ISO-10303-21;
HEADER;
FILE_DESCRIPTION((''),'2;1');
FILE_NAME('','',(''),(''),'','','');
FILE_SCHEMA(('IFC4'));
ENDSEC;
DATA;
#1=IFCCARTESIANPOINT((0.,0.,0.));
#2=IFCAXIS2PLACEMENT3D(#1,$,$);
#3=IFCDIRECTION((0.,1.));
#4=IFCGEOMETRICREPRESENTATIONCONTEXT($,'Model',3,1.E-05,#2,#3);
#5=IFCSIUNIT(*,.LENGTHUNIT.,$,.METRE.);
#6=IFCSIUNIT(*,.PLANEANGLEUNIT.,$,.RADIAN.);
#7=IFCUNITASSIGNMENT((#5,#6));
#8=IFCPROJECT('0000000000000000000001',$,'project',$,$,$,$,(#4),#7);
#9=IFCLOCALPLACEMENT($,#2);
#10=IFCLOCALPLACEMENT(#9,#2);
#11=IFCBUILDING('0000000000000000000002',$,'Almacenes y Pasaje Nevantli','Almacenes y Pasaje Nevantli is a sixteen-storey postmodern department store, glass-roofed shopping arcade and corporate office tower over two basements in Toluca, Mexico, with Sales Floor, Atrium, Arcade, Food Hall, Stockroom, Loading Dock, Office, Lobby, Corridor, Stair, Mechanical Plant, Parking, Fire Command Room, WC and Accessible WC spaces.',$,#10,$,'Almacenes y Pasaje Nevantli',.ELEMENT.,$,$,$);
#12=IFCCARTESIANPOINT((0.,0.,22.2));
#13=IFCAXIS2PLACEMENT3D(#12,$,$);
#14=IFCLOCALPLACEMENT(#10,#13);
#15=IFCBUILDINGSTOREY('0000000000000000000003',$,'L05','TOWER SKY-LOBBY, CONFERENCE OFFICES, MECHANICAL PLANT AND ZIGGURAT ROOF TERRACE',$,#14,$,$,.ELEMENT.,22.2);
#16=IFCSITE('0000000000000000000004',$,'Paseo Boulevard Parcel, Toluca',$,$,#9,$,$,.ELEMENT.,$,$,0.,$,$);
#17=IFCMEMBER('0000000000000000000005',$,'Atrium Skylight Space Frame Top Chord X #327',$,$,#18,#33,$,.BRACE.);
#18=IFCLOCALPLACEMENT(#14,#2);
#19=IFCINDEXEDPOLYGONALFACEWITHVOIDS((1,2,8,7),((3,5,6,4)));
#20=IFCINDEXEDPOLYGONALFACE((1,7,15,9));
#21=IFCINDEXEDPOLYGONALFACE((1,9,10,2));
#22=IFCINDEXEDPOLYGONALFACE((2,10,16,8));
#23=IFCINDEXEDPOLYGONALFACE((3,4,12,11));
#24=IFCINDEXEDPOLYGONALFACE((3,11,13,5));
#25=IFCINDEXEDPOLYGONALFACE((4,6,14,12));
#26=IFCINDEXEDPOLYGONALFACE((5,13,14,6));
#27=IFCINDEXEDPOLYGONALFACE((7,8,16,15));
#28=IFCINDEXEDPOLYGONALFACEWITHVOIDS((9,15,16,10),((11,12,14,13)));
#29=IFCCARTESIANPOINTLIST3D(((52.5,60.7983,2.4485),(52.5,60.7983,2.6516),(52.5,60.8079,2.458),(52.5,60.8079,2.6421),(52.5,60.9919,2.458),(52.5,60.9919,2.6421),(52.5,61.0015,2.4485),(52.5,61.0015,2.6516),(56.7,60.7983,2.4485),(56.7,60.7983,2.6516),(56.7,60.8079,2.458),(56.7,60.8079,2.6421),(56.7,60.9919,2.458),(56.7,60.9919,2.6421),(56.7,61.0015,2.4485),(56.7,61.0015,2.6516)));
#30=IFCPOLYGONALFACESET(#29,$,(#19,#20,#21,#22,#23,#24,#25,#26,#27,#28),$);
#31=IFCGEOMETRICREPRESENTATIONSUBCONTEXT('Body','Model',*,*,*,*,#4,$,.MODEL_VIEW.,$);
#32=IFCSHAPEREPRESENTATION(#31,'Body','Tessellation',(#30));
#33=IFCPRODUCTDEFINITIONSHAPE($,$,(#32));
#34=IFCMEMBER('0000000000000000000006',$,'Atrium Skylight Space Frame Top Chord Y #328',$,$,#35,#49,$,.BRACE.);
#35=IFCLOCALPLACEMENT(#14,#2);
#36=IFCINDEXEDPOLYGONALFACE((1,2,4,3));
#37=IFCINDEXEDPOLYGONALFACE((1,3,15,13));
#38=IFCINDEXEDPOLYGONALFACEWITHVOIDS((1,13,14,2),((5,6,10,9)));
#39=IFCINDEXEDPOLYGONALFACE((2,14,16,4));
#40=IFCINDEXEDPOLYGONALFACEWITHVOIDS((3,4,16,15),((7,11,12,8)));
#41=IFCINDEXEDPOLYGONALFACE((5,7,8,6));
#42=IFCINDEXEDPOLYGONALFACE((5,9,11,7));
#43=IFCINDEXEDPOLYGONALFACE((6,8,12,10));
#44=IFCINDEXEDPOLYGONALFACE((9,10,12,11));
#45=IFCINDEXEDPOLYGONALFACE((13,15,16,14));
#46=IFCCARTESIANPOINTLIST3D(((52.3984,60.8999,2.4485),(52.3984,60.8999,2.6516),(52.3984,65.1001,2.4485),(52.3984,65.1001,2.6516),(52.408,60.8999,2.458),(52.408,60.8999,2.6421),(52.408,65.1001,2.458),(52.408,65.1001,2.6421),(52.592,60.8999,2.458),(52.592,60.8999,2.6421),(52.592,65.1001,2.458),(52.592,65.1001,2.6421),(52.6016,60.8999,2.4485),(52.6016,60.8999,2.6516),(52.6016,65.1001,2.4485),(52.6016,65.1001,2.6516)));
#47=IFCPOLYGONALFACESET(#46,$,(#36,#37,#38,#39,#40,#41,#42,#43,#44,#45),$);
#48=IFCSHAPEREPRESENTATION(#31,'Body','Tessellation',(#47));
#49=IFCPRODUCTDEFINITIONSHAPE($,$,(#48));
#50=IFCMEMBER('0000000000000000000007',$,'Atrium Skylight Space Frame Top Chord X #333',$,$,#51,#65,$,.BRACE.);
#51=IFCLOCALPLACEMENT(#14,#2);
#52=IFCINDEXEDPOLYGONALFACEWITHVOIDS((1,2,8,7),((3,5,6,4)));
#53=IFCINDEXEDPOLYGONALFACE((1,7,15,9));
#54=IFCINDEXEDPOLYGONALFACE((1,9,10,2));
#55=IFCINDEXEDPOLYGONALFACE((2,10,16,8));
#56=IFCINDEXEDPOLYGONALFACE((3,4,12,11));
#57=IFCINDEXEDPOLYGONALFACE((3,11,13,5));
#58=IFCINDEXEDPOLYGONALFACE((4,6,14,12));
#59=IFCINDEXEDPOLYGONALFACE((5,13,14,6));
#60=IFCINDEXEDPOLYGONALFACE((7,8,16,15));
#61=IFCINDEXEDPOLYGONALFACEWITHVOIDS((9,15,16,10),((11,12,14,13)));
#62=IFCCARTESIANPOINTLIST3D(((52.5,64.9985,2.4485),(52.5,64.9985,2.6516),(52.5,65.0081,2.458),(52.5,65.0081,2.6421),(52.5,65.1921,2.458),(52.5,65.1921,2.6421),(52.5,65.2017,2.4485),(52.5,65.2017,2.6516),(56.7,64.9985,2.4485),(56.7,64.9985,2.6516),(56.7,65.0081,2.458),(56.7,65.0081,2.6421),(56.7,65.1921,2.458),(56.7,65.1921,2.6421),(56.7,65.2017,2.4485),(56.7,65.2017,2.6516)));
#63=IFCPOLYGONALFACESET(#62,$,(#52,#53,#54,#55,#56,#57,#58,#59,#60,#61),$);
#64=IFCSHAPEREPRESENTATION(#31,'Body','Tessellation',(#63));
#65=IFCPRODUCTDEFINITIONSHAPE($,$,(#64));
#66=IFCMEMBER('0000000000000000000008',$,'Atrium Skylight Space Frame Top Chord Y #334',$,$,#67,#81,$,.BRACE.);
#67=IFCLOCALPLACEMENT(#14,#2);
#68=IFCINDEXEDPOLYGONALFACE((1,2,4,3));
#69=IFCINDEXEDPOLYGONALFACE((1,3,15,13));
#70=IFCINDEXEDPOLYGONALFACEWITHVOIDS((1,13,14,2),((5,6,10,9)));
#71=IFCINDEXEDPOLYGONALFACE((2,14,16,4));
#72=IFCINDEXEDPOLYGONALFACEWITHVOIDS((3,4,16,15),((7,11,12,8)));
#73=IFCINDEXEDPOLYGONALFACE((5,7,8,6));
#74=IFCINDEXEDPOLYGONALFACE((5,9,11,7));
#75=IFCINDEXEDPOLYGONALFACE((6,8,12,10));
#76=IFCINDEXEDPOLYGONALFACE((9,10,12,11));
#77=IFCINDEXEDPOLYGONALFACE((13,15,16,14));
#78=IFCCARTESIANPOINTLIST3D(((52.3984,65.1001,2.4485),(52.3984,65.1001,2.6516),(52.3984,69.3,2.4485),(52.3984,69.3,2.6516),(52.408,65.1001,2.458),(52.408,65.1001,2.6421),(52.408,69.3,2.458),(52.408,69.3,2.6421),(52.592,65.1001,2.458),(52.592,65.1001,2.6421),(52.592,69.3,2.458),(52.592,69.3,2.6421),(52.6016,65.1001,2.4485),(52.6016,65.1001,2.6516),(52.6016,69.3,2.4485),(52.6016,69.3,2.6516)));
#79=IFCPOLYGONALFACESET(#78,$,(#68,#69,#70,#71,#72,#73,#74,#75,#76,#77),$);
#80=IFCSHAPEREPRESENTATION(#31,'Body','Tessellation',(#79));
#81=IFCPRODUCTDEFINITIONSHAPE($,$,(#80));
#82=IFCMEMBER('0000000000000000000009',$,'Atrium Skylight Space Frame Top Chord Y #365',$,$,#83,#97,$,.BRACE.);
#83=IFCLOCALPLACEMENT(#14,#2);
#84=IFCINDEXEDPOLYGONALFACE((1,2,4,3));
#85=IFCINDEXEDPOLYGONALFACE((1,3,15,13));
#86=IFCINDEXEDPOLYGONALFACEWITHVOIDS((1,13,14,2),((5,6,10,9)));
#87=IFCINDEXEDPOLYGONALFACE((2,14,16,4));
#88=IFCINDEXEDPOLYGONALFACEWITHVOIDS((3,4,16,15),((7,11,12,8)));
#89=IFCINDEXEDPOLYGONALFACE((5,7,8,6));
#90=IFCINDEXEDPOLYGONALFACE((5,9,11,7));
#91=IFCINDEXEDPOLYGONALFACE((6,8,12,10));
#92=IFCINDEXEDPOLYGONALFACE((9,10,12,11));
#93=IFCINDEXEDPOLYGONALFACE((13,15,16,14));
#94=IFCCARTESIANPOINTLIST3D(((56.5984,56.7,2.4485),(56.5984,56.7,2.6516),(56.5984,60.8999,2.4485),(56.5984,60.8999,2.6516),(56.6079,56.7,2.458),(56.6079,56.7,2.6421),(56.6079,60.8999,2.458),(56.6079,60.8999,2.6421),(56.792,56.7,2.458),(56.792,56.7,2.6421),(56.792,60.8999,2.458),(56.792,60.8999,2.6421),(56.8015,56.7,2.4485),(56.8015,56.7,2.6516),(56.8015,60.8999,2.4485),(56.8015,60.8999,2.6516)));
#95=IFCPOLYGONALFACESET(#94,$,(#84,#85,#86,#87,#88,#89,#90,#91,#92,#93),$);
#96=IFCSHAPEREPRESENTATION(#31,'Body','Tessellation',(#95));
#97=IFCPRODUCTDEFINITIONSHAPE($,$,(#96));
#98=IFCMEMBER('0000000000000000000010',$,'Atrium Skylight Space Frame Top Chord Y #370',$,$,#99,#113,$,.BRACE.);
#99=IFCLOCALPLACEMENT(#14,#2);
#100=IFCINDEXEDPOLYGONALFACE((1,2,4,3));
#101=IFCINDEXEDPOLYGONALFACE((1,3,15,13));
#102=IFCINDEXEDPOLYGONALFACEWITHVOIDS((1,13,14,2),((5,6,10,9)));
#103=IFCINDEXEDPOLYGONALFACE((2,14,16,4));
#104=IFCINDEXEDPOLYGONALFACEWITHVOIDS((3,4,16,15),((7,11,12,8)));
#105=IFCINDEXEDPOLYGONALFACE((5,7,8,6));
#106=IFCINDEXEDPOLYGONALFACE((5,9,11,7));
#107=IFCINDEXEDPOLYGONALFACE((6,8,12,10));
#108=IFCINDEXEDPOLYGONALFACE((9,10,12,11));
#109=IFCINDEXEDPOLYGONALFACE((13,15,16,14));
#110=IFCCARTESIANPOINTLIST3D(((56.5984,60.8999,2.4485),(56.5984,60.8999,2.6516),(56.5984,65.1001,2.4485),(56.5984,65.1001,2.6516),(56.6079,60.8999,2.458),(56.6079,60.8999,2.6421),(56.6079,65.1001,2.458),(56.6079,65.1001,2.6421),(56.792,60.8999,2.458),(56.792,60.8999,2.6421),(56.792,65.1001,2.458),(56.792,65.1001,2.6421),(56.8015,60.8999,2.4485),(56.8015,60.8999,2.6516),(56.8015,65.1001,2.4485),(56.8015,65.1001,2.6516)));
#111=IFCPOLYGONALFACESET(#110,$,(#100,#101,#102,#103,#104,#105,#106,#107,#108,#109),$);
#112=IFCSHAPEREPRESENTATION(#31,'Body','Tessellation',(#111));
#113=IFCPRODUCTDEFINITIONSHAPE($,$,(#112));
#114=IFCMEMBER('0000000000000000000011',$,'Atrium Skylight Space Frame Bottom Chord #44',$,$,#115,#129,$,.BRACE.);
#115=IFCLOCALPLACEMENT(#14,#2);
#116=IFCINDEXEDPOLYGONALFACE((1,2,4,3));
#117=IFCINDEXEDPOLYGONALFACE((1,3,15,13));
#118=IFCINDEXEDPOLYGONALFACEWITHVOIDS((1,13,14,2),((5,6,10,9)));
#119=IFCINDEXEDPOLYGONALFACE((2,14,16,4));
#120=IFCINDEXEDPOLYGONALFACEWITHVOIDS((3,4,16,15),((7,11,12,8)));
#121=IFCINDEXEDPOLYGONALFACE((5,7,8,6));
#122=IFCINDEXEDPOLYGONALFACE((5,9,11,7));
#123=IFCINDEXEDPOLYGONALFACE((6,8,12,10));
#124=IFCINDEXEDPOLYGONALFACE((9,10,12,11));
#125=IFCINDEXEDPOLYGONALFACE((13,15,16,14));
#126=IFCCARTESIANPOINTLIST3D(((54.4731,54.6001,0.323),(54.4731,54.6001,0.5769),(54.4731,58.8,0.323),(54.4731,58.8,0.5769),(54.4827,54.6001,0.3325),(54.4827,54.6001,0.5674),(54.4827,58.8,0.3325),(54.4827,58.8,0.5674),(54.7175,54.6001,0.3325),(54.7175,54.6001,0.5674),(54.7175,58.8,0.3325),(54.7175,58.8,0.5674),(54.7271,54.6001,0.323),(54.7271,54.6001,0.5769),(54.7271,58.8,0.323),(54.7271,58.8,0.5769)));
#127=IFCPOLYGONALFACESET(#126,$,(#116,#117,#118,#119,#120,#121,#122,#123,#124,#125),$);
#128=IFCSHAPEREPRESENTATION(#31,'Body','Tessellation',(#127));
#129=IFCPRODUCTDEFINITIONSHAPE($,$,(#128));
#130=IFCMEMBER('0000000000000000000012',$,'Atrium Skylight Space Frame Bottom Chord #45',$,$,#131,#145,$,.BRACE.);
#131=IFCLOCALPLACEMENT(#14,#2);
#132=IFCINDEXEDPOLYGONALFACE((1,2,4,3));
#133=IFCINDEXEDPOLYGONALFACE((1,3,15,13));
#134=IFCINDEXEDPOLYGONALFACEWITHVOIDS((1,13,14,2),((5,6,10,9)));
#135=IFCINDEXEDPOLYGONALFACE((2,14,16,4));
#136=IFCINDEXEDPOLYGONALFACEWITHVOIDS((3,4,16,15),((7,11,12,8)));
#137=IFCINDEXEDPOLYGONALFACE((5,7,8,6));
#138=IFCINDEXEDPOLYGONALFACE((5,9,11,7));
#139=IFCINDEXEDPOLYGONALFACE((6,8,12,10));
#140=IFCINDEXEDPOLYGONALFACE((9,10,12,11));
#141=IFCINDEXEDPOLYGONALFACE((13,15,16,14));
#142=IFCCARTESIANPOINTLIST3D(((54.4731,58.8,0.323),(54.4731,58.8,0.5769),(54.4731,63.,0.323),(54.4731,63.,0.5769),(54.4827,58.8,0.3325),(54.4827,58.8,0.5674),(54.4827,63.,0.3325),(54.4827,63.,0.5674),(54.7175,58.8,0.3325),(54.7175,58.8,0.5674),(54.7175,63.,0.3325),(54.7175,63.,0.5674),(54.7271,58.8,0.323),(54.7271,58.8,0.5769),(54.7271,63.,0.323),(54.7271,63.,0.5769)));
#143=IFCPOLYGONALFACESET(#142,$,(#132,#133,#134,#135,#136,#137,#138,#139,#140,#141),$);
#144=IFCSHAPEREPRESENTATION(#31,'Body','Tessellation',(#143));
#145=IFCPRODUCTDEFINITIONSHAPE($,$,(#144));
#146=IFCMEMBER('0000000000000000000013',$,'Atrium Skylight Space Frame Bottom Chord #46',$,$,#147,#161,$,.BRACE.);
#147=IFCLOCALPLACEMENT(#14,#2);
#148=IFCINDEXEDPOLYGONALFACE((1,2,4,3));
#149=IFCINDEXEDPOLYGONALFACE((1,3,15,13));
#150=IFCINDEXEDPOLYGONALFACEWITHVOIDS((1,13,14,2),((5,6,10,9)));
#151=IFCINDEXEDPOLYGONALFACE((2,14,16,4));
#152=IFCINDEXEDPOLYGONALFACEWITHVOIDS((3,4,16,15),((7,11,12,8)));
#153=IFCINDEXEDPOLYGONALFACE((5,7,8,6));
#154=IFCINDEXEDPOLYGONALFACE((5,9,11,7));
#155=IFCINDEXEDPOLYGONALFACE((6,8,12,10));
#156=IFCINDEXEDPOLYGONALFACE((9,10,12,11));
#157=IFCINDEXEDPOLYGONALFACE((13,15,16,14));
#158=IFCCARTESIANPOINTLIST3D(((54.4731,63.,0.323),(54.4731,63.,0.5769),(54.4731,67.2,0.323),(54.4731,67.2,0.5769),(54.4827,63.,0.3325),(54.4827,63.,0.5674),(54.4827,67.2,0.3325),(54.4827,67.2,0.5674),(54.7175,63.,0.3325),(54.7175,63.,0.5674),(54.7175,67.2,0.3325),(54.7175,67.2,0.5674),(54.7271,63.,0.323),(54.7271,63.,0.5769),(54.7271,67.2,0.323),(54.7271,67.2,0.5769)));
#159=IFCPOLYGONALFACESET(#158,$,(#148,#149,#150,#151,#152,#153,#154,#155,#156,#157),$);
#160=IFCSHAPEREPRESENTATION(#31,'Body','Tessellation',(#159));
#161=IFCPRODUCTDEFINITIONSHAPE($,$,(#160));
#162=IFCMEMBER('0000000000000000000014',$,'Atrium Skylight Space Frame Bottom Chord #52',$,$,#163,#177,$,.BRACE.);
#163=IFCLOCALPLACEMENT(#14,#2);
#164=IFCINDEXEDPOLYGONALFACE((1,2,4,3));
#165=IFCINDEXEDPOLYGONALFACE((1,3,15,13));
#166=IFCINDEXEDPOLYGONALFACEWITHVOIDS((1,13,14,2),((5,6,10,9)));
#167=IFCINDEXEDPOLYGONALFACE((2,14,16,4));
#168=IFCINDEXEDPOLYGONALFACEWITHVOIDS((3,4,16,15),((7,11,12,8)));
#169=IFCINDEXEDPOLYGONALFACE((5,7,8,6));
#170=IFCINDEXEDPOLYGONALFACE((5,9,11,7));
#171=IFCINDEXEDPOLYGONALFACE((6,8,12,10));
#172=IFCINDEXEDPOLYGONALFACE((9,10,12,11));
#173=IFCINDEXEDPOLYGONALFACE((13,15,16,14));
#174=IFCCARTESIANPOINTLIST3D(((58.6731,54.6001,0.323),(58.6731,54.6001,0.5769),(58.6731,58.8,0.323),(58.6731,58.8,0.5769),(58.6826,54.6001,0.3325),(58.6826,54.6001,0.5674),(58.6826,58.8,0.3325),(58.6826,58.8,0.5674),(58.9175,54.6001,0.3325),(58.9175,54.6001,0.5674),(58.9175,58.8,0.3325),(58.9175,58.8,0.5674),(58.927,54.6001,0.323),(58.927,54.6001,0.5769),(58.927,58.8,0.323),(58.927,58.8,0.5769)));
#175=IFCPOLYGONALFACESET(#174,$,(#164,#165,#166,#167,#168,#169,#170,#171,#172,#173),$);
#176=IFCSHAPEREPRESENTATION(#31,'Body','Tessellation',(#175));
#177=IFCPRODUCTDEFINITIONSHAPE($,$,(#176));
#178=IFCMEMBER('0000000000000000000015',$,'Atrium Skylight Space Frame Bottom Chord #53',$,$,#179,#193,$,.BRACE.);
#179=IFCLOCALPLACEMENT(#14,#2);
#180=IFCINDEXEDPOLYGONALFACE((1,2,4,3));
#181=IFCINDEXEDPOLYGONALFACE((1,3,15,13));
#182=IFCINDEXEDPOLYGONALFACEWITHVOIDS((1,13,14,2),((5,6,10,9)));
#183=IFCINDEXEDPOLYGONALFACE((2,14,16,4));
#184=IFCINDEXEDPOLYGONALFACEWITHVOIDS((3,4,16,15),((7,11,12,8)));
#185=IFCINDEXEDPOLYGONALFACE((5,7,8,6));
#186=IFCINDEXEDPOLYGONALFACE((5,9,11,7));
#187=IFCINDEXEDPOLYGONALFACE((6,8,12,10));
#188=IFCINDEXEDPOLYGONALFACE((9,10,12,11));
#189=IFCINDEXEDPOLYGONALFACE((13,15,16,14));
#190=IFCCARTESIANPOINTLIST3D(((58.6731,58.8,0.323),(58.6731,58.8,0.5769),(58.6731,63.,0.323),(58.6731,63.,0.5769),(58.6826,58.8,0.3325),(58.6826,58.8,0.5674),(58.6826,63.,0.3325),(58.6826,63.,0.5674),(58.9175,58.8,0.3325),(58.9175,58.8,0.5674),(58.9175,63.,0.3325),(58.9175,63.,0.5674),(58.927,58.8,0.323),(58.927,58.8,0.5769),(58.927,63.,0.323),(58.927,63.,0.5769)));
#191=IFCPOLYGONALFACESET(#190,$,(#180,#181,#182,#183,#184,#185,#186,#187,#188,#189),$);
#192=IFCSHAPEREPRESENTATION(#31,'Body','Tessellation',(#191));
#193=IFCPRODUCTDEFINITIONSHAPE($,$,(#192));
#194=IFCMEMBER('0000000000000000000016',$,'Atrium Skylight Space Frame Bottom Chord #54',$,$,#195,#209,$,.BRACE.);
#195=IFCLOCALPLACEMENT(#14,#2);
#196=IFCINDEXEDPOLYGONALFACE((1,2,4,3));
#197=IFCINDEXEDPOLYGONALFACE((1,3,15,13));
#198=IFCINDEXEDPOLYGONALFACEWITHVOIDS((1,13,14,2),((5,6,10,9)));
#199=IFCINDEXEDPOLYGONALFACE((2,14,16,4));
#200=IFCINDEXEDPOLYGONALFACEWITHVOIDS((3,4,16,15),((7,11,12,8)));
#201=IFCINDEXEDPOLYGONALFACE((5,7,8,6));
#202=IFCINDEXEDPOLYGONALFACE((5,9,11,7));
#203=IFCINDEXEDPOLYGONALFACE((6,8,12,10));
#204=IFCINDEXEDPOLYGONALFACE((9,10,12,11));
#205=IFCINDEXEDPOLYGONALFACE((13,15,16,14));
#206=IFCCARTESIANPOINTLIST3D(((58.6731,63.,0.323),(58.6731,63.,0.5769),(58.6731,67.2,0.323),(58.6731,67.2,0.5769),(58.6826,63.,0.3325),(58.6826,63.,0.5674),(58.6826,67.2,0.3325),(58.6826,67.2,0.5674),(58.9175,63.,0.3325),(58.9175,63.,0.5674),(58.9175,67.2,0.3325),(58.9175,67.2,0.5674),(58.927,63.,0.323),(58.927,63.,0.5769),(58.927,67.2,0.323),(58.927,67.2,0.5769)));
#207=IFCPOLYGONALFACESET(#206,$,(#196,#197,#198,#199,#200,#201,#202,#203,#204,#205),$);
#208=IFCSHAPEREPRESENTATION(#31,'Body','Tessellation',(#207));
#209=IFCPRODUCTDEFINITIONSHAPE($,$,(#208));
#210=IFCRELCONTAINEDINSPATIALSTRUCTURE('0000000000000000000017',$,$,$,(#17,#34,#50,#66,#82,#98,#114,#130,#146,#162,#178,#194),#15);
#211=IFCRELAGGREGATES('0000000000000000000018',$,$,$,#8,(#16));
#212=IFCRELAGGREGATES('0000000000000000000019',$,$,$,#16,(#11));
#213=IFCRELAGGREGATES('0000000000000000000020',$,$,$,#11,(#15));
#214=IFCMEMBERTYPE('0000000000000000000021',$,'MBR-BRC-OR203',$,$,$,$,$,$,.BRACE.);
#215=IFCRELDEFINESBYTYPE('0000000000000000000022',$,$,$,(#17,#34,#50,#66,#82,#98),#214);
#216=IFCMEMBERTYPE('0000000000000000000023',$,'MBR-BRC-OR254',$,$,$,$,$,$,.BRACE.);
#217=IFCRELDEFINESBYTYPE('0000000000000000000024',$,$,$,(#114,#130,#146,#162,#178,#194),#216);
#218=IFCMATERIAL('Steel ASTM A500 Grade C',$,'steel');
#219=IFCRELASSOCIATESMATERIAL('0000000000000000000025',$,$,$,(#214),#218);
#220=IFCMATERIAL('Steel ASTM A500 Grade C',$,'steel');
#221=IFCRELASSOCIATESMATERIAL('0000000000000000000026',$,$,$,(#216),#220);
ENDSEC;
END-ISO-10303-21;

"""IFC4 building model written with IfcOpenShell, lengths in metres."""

from ifc_helpers import new_model, si_unit, direction, frame, origin, origin_2d, place, context, subcontext, project, spatial, hollow_rectangle, extrude, material, material_profile, profile_set, type_object, element, save


model = new_model("IFC4")

# Units and contexts
model_context = context("Model", 3, precision=1e-05, world=origin(), true_north=direction((0.0, 1.0)))
body_context = subcontext(model_context, "Body", "Model", "MODEL_VIEW")
ifc_project = project(units=[si_unit("LENGTHUNIT", "METRE"), si_unit("PLANEANGLEUNIT", "RADIAN")], contexts=[model_context])

# Site, building, storey
site_placement = place(None, origin())
site = spatial("IfcSite", under=ifc_project, at=site_placement, Name="Paseo Boulevard Parcel, Toluca", CompositionType="ELEMENT", RefElevation=0.0)
building_placement = place(site_placement, origin())
building = spatial("IfcBuilding", under=site, at=building_placement, Name="Almacenes y Pasaje Nevantli", Description="Almacenes y Pasaje Nevantli is a sixteen-storey postmodern department store, glass-roofed shopping arcade and corporate office tower over two basements in Toluca, Mexico, with Sales Floor, Atrium, Arcade, Food Hall, Stockroom, Loading Dock, Office, Lobby, Corridor, Stair, Mechanical Plant, Parking, Fire Command Room, WC and Accessible WC spaces.", LongName="Almacenes y Pasaje Nevantli", CompositionType="ELEMENT")
storey_placement = place(building_placement, frame((0.0, 0.0, 22.2)))
storey = spatial("IfcBuildingStorey", under=building, at=storey_placement, Name="L05", Description="TOWER SKY-LOBBY, CONFERENCE OFFICES, MECHANICAL PLANT AND ZIGGURAT ROOF TERRACE", CompositionType="ELEMENT", Elevation=22.2)

# Members
ifc_material_1 = material(Name="Steel ASTM A500 Grade C", Category="steel")
ifc_material_profile_1 = material_profile(ifc_material_1, hollow_rectangle(XDim=0.2031, YDim=0.2031, WallThickness=0.0095, at=origin_2d()), Name="OR 203x203x9.5")
ifc_profile_set_1 = profile_set([ifc_material_profile_1], Name="Steel ASTM A500 Grade C")
member_type_1 = type_object("IfcMemberType", Name="MBR-BRC-OR203", PredefinedType="BRACE", material=ifc_profile_set_1)
for number, where, z_axis, x_axis, name in (
    (1, (52.5, 60.8999, 2.55), (1.0, 0.0, 0.0), (0.0, 1.0, 0.0), "Atrium Skylight Space Frame Top Chord X #327"),
):
    element("IfcMember", number, at=place(storey_placement, frame(where, z_axis=z_axis, x_axis=x_axis)), inside=storey, type_object=member_type_1, Name=name, PredefinedType="BRACE", context=body_context, shape_type="SweptSolid", body=[
        extrude(hollow_rectangle(XDim=0.2031, YDim=0.2031, WallThickness=0.0095, at=origin_2d()), origin(), (0.0, 0.0, 1.0), 4.2),
    ])
member_1_placement = place(storey_placement, frame((52.5, 60.8999, 2.55), z_axis=(0.0, 1.0, 0.0), x_axis=(-1.0, 0.0, 0.0)))
element("IfcMember", 2, at=member_1_placement, inside=storey, type_object=member_type_1, Name="Atrium Skylight Space Frame Top Chord Y #328", PredefinedType="BRACE", context=body_context, shape_type="SweptSolid", body=[
    extrude(hollow_rectangle(XDim=0.2031, YDim=0.2031, WallThickness=0.0095, at=origin_2d()), origin(), (0.0, 0.0, 1.0), 4.2002),
])
for number, where, z_axis, x_axis, name in (
    (3, (52.5, 65.1001, 2.55), (1.0, 0.0, 0.0), (0.0, 1.0, 0.0), "Atrium Skylight Space Frame Top Chord X #333"),
    (4, (52.5, 65.1001, 2.55), (0.0, 1.0, 0.0), (-1.0, 0.0, 0.0), "Atrium Skylight Space Frame Top Chord Y #334"),
    (5, (56.7, 56.7, 2.55), (0.0, 1.0, 0.0), (-1.0, 0.0, 0.0), "Atrium Skylight Space Frame Top Chord Y #365"),
):
    element("IfcMember", number, at=place(storey_placement, frame(where, z_axis=z_axis, x_axis=x_axis)), inside=storey, type_object=member_type_1, Name=name, PredefinedType="BRACE", context=body_context, shape_type="SweptSolid", body=[
        extrude(hollow_rectangle(XDim=0.2031, YDim=0.2031, WallThickness=0.0095, at=origin_2d()), origin(), (0.0, 0.0, 1.0), 4.2),
    ])
member_2_placement = place(storey_placement, frame((56.7, 60.8999, 2.55), z_axis=(0.0, 1.0, 0.0), x_axis=(-1.0, 0.0, 0.0)))
element("IfcMember", 6, at=member_2_placement, inside=storey, type_object=member_type_1, Name="Atrium Skylight Space Frame Top Chord Y #370", PredefinedType="BRACE", context=body_context, shape_type="SweptSolid", body=[
    extrude(hollow_rectangle(XDim=0.2031, YDim=0.2031, WallThickness=0.0095, at=origin_2d()), origin(), (0.0, 0.0, 1.0), 4.2002),
])
ifc_material_2 = material(Name="Steel ASTM A500 Grade C", Category="steel")
ifc_material_profile_2 = material_profile(ifc_material_2, hollow_rectangle(XDim=0.2539, YDim=0.2539, WallThickness=0.0095, at=origin_2d()), Name="OR 254x254x9.5")
ifc_profile_set_2 = profile_set([ifc_material_profile_2], Name="Steel ASTM A500 Grade C")
member_type_2 = type_object("IfcMemberType", Name="MBR-BRC-OR254", PredefinedType="BRACE", material=ifc_profile_set_2)
for number, where, z_axis, x_axis, name in (
    (7, (54.6001, 54.6001, 0.45), (0.0, 1.0, 0.0), (-1.0, 0.0, 0.0), "Atrium Skylight Space Frame Bottom Chord #44"),
    (8, (54.6001, 58.8, 0.45), (0.0, 1.0, 0.0), (-1.0, 0.0, 0.0), "Atrium Skylight Space Frame Bottom Chord #45"),
    (9, (54.6001, 63.0, 0.45), (0.0, 1.0, 0.0), (-1.0, 0.0, 0.0), "Atrium Skylight Space Frame Bottom Chord #46"),
    (10, (58.8, 54.6001, 0.45), (0.0, 1.0, 0.0), (-1.0, 0.0, 0.0), "Atrium Skylight Space Frame Bottom Chord #52"),
    (11, (58.8, 58.8, 0.45), (0.0, 1.0, 0.0), (-1.0, 0.0, 0.0), "Atrium Skylight Space Frame Bottom Chord #53"),
    (12, (58.8, 63.0, 0.45), (0.0, 1.0, 0.0), (-1.0, 0.0, 0.0), "Atrium Skylight Space Frame Bottom Chord #54"),
):
    element("IfcMember", number, at=place(storey_placement, frame(where, z_axis=z_axis, x_axis=x_axis)), inside=storey, type_object=member_type_2, Name=name, PredefinedType="BRACE", context=body_context, shape_type="SweptSolid", body=[
        extrude(hollow_rectangle(XDim=0.2539, YDim=0.2539, WallThickness=0.0095, at=origin_2d()), origin(), (0.0, 0.0, 1.0), 4.2),
    ])

save(model, "model.ifc")
